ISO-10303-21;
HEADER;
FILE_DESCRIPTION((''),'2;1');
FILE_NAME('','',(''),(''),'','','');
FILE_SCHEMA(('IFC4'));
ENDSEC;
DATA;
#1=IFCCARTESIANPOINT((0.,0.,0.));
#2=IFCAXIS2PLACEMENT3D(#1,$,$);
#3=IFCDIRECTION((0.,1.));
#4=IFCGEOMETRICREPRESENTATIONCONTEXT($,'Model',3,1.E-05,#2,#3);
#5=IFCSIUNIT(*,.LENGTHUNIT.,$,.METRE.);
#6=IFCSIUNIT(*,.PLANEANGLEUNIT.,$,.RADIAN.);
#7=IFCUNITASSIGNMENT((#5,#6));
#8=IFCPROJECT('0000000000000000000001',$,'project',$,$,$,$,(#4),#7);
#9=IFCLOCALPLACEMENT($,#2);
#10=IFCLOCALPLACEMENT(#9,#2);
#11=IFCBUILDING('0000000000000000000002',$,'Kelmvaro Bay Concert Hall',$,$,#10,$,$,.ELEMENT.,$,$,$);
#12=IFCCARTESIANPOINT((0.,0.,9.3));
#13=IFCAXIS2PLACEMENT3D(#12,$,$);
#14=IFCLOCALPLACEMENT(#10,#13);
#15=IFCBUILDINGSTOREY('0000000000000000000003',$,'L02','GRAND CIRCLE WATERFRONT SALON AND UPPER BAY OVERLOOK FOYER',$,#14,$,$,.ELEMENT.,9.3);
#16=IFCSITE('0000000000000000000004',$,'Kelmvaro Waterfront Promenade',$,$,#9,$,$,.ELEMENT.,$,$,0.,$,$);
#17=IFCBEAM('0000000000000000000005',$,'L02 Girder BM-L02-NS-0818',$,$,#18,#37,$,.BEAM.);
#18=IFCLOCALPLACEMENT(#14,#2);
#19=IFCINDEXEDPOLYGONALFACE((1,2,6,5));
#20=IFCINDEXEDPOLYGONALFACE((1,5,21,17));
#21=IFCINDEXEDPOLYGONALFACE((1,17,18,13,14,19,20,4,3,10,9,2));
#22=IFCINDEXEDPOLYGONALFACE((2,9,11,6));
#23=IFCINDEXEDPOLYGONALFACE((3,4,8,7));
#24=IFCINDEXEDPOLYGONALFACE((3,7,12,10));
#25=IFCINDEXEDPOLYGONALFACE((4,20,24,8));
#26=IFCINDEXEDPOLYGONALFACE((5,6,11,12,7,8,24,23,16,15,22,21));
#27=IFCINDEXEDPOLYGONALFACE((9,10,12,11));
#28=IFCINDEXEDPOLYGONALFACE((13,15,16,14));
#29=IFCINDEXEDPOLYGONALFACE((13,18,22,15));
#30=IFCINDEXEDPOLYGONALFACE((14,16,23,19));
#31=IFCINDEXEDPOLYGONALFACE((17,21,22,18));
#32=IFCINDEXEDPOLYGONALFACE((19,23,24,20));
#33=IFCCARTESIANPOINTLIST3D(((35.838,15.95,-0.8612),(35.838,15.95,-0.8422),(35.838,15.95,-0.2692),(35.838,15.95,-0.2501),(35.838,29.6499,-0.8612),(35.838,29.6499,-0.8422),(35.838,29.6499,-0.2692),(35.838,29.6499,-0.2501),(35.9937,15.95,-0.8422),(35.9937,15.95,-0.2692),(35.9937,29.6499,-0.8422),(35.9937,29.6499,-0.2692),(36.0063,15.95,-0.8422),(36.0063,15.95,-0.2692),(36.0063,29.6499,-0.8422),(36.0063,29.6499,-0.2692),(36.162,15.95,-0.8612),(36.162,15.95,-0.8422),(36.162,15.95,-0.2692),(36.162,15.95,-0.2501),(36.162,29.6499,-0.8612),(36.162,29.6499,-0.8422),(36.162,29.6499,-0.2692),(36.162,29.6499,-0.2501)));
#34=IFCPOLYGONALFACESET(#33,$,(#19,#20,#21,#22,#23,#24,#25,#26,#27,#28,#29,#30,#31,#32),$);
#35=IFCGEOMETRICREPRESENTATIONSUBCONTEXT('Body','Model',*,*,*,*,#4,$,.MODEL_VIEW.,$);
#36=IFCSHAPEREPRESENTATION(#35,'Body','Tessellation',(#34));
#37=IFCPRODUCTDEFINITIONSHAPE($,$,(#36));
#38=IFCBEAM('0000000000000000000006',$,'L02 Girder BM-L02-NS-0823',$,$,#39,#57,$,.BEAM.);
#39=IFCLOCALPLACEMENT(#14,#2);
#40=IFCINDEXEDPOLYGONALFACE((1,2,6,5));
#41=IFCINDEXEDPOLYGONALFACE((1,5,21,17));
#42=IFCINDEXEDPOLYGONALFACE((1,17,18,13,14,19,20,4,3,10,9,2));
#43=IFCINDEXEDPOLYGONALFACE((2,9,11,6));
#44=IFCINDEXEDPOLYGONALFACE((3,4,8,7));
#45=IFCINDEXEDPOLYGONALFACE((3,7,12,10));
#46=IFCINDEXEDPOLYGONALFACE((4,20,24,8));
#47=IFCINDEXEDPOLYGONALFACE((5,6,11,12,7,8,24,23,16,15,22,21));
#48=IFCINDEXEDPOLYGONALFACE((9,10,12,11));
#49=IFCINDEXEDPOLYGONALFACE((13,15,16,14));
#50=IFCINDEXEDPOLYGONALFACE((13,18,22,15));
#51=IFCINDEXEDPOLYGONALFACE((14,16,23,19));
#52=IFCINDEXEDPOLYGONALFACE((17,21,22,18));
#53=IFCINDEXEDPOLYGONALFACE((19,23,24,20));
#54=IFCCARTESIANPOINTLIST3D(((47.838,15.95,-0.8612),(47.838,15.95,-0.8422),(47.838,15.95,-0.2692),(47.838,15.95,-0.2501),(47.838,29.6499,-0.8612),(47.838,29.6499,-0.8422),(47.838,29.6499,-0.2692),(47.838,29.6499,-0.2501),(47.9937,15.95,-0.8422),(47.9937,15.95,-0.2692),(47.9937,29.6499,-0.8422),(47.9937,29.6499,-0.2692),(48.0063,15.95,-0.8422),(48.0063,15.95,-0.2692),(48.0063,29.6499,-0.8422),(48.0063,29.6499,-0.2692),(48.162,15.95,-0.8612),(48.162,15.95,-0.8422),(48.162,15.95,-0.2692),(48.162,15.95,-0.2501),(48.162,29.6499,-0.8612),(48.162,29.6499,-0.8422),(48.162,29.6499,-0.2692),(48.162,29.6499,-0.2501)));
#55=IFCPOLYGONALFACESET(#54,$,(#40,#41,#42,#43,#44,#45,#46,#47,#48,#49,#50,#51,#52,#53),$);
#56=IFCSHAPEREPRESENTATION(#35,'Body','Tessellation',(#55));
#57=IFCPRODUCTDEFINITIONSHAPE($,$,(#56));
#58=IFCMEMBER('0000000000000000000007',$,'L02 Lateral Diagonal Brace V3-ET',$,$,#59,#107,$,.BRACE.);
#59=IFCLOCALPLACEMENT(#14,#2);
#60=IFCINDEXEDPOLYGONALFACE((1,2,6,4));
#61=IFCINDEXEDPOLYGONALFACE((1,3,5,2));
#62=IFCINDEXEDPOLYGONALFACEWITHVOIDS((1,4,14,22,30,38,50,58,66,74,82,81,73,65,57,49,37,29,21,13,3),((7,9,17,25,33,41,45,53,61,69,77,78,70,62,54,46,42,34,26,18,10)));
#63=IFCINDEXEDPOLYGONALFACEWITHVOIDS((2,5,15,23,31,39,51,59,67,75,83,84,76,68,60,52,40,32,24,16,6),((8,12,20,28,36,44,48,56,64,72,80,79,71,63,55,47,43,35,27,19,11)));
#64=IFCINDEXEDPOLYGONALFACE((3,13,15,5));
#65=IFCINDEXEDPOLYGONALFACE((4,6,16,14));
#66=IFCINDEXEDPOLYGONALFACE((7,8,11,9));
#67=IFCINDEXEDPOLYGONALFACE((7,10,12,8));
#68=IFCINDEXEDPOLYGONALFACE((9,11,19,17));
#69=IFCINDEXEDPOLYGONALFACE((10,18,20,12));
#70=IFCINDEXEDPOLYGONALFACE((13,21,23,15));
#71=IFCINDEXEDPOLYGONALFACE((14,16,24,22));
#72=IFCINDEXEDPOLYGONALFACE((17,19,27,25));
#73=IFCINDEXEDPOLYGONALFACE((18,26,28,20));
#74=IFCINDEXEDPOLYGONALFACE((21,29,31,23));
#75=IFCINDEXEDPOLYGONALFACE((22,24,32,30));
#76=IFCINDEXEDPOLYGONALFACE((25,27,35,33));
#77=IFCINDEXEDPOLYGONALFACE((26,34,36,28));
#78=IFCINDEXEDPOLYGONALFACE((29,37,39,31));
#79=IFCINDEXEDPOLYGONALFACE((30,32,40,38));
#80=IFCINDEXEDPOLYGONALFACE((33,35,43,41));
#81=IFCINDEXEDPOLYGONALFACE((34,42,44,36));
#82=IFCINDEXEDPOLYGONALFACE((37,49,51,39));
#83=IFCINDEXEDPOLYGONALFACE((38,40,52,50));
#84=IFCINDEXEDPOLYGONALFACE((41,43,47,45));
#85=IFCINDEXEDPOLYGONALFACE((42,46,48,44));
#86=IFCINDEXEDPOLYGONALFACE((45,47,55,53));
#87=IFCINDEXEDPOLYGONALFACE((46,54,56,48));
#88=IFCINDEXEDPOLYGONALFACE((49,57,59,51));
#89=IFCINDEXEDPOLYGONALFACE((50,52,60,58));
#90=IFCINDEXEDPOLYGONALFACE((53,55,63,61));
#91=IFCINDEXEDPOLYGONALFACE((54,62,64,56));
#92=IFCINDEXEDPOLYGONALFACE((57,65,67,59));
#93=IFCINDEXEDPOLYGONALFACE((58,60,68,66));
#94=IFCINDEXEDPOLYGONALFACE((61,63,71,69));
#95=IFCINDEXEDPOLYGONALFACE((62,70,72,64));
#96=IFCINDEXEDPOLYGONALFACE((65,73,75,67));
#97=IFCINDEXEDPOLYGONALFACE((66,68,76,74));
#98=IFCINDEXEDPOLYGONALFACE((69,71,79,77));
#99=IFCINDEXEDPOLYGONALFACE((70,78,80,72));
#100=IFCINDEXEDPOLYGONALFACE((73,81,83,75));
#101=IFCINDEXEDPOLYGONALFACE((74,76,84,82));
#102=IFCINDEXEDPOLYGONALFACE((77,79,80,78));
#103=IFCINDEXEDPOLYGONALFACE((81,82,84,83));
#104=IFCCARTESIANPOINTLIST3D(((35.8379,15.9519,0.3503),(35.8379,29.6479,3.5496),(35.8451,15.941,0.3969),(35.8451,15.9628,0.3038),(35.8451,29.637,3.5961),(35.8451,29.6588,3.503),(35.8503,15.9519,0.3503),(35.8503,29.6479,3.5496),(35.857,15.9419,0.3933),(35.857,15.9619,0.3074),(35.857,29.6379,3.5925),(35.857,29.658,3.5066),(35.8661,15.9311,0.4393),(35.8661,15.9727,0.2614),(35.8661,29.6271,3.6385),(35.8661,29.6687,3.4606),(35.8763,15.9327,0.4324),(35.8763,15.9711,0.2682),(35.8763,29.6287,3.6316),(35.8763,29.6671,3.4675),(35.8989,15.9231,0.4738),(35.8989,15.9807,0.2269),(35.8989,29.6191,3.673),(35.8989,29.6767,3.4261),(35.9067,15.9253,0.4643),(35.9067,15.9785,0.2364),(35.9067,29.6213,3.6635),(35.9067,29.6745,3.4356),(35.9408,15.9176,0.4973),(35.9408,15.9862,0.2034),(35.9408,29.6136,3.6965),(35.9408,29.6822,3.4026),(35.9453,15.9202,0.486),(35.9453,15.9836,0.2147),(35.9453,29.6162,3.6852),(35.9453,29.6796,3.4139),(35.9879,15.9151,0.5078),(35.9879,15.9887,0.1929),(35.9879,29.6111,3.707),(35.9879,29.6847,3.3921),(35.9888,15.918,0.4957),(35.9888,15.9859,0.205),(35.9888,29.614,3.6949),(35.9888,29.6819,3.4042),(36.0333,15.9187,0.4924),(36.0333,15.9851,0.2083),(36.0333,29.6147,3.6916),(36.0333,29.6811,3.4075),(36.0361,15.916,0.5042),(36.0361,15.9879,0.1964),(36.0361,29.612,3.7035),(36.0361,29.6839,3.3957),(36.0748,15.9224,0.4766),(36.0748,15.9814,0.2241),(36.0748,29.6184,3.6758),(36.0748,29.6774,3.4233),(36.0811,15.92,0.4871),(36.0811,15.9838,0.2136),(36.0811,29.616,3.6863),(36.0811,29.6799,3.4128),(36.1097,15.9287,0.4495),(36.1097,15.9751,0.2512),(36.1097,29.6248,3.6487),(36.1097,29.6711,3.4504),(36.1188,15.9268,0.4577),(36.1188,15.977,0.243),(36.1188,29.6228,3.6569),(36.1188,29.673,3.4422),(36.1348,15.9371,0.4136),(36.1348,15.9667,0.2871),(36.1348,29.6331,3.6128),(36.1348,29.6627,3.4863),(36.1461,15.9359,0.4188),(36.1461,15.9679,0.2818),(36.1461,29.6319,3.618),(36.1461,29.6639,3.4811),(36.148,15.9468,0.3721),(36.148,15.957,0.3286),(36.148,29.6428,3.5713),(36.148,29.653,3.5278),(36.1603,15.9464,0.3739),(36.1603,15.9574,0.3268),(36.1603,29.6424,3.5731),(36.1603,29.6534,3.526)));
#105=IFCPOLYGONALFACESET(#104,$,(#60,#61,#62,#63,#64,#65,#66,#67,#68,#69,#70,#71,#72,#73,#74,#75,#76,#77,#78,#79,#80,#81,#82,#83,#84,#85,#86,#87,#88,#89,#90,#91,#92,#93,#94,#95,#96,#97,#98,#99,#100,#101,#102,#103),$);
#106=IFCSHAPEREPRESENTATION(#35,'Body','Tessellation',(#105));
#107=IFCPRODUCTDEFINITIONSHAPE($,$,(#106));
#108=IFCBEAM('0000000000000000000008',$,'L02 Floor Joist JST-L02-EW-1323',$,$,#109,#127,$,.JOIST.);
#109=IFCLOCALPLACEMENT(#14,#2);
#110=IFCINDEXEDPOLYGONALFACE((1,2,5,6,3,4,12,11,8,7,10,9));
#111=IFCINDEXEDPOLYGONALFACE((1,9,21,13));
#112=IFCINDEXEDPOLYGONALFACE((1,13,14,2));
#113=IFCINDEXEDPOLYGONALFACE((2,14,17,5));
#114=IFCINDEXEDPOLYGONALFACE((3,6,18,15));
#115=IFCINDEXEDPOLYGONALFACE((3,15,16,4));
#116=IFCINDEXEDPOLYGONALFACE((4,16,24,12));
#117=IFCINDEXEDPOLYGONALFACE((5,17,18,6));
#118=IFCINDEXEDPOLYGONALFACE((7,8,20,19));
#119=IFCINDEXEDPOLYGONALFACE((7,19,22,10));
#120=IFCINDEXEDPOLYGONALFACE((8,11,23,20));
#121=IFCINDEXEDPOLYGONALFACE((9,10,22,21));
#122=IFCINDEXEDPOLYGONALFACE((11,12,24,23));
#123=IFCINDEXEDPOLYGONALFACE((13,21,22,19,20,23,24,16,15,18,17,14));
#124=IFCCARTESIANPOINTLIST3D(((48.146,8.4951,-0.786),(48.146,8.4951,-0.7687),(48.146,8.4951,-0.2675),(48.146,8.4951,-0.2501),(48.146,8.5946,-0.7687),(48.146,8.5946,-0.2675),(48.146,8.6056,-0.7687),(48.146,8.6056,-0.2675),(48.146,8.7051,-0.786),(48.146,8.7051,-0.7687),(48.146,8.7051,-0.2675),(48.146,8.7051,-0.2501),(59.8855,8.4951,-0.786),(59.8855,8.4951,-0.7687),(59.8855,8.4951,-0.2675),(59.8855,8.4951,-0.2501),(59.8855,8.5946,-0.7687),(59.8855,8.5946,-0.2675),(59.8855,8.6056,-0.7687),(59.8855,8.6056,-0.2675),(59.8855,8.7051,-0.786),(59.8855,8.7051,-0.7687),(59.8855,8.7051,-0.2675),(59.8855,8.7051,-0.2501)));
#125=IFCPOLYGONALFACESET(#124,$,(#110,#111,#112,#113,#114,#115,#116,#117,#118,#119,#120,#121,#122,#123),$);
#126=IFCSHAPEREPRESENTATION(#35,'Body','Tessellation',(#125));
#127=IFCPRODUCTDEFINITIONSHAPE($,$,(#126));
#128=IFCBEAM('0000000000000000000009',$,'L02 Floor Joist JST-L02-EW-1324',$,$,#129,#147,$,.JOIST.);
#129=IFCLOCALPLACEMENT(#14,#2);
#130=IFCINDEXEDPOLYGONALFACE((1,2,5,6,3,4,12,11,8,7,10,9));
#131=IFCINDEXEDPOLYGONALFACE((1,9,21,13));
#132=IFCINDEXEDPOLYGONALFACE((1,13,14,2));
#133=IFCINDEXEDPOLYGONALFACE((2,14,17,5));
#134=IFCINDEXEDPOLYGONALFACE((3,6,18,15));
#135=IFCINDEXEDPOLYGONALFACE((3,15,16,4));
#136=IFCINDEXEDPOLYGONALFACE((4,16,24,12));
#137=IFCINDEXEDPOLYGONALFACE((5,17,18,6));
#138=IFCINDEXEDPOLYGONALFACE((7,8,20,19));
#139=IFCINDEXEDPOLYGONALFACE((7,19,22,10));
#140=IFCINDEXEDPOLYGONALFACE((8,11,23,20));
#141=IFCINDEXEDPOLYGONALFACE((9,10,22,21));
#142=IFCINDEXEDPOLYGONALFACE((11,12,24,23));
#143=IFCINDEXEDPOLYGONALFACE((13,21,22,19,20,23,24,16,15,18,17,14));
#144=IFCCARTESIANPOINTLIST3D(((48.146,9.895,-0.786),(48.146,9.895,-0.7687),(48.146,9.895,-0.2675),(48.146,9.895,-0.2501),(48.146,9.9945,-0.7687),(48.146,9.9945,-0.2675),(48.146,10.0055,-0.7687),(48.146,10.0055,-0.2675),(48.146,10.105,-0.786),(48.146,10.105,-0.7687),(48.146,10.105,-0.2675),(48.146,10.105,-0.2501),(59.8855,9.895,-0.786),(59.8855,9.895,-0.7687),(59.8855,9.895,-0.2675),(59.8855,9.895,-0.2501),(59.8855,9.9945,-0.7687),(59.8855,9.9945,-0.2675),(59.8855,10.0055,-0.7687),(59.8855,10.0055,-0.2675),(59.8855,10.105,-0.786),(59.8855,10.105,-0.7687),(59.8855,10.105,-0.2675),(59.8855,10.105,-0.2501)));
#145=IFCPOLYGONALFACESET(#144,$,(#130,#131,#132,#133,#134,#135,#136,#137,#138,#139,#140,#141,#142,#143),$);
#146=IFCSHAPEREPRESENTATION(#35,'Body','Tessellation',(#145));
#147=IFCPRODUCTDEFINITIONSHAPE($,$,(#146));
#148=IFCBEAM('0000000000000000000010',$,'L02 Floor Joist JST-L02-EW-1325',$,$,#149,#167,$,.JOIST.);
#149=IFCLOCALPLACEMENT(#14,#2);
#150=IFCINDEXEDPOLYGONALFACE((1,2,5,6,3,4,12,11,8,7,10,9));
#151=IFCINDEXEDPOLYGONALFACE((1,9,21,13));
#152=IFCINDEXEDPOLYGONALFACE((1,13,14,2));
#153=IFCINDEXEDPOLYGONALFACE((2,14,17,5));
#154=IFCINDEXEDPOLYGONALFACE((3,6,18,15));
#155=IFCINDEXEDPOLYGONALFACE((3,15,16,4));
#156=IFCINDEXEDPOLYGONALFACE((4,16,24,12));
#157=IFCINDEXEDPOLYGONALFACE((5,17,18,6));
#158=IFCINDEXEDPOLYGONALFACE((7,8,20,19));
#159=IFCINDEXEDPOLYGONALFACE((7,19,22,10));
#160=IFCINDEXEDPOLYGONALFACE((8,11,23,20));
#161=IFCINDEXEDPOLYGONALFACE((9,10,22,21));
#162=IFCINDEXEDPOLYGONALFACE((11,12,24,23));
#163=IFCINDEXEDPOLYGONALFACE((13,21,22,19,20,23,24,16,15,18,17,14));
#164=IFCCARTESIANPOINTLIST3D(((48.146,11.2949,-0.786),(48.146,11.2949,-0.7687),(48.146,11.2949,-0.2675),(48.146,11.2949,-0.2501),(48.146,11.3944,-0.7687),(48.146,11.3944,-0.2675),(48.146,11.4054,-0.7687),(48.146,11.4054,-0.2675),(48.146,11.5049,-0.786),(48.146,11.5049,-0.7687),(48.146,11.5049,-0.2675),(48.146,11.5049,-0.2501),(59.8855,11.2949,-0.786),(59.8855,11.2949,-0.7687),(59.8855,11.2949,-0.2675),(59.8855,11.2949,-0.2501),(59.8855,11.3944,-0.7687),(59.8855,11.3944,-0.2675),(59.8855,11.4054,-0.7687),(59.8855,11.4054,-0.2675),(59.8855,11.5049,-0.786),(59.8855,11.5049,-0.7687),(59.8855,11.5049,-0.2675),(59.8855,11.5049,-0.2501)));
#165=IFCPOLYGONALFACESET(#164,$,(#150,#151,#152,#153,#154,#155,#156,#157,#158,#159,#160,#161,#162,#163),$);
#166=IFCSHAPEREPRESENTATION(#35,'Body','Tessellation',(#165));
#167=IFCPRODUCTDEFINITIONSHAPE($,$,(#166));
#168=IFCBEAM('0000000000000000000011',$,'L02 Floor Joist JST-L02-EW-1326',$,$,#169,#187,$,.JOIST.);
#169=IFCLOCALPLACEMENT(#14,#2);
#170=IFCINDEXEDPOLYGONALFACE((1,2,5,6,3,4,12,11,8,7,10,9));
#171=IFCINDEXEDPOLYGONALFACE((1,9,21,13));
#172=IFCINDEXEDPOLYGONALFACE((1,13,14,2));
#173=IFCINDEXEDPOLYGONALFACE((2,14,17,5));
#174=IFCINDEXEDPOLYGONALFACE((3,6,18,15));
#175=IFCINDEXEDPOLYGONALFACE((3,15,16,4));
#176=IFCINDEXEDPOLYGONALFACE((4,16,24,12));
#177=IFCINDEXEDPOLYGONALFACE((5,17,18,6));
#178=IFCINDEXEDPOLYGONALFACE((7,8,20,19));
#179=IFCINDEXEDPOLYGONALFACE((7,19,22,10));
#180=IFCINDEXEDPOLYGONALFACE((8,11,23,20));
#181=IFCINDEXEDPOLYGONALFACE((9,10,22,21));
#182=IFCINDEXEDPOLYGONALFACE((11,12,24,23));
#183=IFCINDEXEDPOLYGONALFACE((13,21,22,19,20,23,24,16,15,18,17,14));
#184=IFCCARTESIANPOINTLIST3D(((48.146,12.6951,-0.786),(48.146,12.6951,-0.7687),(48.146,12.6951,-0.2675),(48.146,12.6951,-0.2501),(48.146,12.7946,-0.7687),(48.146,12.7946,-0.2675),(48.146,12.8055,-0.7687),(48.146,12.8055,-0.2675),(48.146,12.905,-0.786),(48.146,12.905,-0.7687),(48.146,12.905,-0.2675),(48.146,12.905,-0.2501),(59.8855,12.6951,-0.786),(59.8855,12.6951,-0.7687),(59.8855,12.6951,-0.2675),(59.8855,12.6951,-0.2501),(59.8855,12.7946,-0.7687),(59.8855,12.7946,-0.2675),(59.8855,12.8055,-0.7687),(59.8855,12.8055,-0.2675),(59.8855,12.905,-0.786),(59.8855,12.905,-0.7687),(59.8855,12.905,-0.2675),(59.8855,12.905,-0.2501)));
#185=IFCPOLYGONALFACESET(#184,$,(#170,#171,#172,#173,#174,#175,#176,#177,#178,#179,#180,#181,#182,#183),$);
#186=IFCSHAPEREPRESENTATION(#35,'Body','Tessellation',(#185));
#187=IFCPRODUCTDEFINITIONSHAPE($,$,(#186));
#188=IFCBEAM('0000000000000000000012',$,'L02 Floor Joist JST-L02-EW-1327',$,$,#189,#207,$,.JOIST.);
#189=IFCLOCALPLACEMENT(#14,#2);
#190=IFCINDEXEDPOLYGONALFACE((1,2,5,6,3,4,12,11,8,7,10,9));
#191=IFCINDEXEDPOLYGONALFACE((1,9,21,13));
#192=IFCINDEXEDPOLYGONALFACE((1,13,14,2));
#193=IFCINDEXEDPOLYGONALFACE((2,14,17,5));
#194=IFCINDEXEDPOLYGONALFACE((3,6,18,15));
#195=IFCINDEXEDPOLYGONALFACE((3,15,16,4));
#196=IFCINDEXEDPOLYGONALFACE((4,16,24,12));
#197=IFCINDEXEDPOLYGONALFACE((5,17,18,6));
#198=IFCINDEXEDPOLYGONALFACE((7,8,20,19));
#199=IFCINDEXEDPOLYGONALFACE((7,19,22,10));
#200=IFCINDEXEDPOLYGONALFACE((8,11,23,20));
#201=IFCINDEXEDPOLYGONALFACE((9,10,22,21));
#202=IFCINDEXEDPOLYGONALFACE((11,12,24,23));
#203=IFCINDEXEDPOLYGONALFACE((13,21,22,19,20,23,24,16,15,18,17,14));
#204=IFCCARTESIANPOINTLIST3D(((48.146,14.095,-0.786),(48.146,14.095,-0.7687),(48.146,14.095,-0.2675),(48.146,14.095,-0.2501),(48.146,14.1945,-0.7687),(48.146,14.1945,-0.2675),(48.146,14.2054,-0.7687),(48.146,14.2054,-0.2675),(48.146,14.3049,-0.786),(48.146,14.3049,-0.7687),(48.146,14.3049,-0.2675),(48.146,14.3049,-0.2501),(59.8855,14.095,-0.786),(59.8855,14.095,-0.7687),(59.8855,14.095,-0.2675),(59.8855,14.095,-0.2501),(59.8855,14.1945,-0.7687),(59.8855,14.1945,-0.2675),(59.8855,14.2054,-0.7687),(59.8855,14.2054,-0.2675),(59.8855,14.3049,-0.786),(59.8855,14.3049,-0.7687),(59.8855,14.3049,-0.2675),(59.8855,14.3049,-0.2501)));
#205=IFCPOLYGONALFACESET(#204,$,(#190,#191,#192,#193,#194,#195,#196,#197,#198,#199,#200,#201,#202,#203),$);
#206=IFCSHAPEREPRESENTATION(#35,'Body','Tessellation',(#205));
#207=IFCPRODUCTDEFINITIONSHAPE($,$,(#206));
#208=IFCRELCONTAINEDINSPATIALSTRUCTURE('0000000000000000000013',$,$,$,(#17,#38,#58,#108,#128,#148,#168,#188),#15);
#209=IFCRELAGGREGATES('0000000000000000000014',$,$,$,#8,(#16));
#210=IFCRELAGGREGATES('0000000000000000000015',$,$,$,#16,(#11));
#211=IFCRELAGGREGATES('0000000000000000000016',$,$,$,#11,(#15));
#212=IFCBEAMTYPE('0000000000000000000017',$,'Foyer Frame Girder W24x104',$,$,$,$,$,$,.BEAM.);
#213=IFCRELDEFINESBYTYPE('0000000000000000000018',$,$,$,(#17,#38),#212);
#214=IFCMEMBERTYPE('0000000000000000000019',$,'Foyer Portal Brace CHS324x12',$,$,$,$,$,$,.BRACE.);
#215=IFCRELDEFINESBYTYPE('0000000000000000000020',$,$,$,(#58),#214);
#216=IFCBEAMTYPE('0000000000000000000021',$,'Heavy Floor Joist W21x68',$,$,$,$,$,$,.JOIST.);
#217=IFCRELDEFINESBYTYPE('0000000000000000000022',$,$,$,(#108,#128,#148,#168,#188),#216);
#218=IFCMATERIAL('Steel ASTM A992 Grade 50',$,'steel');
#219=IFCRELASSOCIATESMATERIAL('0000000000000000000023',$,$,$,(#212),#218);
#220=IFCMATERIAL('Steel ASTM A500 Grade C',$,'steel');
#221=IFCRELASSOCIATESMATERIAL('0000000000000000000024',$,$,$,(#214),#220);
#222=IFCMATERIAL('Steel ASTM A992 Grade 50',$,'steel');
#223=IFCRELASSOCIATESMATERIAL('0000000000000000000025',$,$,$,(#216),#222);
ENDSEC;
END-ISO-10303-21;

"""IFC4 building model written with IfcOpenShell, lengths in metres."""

from ifc_helpers import new_model, si_unit, direction, frame, origin, origin_2d, place, context, subcontext, project, spatial, hollow_circle, i_section, extrude, material, material_profile, profile_set, type_object, element, save


model = new_model("IFC4")

# Units and contexts
model_context = context("Model", 3, precision=1e-05, world=origin(), true_north=direction((0.0, 1.0)))
body_context = subcontext(model_context, "Body", "Model", "MODEL_VIEW")
ifc_project = project(units=[si_unit("LENGTHUNIT", "METRE"), si_unit("PLANEANGLEUNIT", "RADIAN")], contexts=[model_context])

# Site, building, storey
site_placement = place(None, origin())
site = spatial("IfcSite", under=ifc_project, at=site_placement, Name="Kelmvaro Waterfront Promenade", CompositionType="ELEMENT", RefElevation=0.0)
building_placement = place(site_placement, origin())
building = spatial("IfcBuilding", under=site, at=building_placement, Name="Kelmvaro Bay Concert Hall", CompositionType="ELEMENT")
storey_placement = place(building_placement, frame((0.0, 0.0, 9.3)))
storey = spatial("IfcBuildingStorey", under=building, at=storey_placement, Name="L02", Description="GRAND CIRCLE WATERFRONT SALON AND UPPER BAY OVERLOOK FOYER", CompositionType="ELEMENT", Elevation=9.3)

# Beams
ifc_material_1 = material(Name="Steel ASTM A992 Grade 50", Category="steel")
ifc_material_profile_1 = material_profile(ifc_material_1, i_section(OverallWidth=0.324, OverallDepth=0.6111, WebThickness=0.0127, FlangeThickness=0.019, at=origin_2d()), Name="W24X104")
ifc_profile_set_1 = profile_set([ifc_material_profile_1], Name="Steel ASTM A992 Grade 50")
beam_type_1 = type_object("IfcBeamType", Name="Foyer Frame Girder W24x104", PredefinedType="BEAM", material=ifc_profile_set_1)
for number, where, z_axis, x_axis, name in (
    (1, (36.0, 15.95, -0.5557), (0.0, 1.0, 0.0), (-1.0, 0.0, 0.0), "L02 Girder BM-L02-NS-0818"),
    (2, (48.0, 15.95, -0.5557), (0.0, 1.0, 0.0), (-1.0, 0.0, 0.0), "L02 Girder BM-L02-NS-0823"),
):
    element("IfcBeam", number, at=place(storey_placement, frame(where, z_axis=z_axis, x_axis=x_axis)), inside=storey, type_object=beam_type_1, Name=name, PredefinedType="BEAM", context=body_context, shape_type="SweptSolid", body=[
        extrude(i_section(OverallWidth=0.324, OverallDepth=0.6111, WebThickness=0.0127, FlangeThickness=0.019, at=origin_2d()), origin(), (0.0, 0.0, 1.0), 13.7),
    ])

# Member
ifc_material_2 = material(Name="Steel ASTM A500 Grade C", Category="steel")
ifc_material_profile_2 = material_profile(ifc_material_2, hollow_circle(Radius=0.1621, WallThickness=0.0125, at=origin_2d()), Name="CHS324X12")
ifc_profile_set_2 = profile_set([ifc_material_profile_2], Name="Steel ASTM A500 Grade C")
member_type = type_object("IfcMemberType", Name="Foyer Portal Brace CHS324x12", PredefinedType="BRACE", material=ifc_profile_set_2)
member_placement = place(storey_placement, frame((36.0, 15.9519, 0.3503), z_axis=(0.0, 0.973787, 0.227464), x_axis=(-1.0, 0.0, 0.0)))
element("IfcMember", 3, at=member_placement, inside=storey, type_object=member_type, Name="L02 Lateral Diagonal Brace V3-ET", PredefinedType="BRACE", context=body_context, shape_type="SweptSolid", body=[
    extrude(hollow_circle(Radius=0.1621, WallThickness=0.0125, at=origin_2d()), origin(), (0.0, 0.0, 1.0), 14.0647),
])

# Beams
ifc_material_3 = material(Name="Steel ASTM A992 Grade 50", Category="steel")
ifc_material_profile_3 = material_profile(ifc_material_3, i_section(OverallWidth=0.21, OverallDepth=0.5359, WebThickness=0.011, FlangeThickness=0.0173, at=origin_2d()), Name="W21X68")
ifc_profile_set_3 = profile_set([ifc_material_profile_3], Name="Steel ASTM A992 Grade 50")
beam_type_2 = type_object("IfcBeamType", Name="Heavy Floor Joist W21x68", PredefinedType="JOIST", material=ifc_profile_set_3)
for number, where, z_axis, x_axis, name in (
    (4, (48.146, 8.6001, -0.5181), (1.0, 0.0, 0.0), (0.0, 1.0, 0.0), "L02 Floor Joist JST-L02-EW-1323"),
    (5, (48.146, 10.0, -0.5181), (1.0, 0.0, 0.0), (0.0, 1.0, 0.0), "L02 Floor Joist JST-L02-EW-1324"),
    (6, (48.146, 11.3999, -0.5181), (1.0, 0.0, 0.0), (0.0, 1.0, 0.0), "L02 Floor Joist JST-L02-EW-1325"),
    (7, (48.146, 12.8, -0.5181), (1.0, 0.0, 0.0), (0.0, 1.0, 0.0), "L02 Floor Joist JST-L02-EW-1326"),
    (8, (48.146, 14.2, -0.5181), (1.0, 0.0, 0.0), (0.0, 1.0, 0.0), "L02 Floor Joist JST-L02-EW-1327"),
):
    element("IfcBeam", number, at=place(storey_placement, frame(where, z_axis=z_axis, x_axis=x_axis)), inside=storey, type_object=beam_type_2, Name=name, PredefinedType="JOIST", context=body_context, shape_type="SweptSolid", body=[
        extrude(i_section(OverallWidth=0.21, OverallDepth=0.5359, WebThickness=0.011, FlangeThickness=0.0173, at=origin_2d()), origin(), (0.0, 0.0, 1.0), 11.7395),
    ])

save(model, "model.ifc")
